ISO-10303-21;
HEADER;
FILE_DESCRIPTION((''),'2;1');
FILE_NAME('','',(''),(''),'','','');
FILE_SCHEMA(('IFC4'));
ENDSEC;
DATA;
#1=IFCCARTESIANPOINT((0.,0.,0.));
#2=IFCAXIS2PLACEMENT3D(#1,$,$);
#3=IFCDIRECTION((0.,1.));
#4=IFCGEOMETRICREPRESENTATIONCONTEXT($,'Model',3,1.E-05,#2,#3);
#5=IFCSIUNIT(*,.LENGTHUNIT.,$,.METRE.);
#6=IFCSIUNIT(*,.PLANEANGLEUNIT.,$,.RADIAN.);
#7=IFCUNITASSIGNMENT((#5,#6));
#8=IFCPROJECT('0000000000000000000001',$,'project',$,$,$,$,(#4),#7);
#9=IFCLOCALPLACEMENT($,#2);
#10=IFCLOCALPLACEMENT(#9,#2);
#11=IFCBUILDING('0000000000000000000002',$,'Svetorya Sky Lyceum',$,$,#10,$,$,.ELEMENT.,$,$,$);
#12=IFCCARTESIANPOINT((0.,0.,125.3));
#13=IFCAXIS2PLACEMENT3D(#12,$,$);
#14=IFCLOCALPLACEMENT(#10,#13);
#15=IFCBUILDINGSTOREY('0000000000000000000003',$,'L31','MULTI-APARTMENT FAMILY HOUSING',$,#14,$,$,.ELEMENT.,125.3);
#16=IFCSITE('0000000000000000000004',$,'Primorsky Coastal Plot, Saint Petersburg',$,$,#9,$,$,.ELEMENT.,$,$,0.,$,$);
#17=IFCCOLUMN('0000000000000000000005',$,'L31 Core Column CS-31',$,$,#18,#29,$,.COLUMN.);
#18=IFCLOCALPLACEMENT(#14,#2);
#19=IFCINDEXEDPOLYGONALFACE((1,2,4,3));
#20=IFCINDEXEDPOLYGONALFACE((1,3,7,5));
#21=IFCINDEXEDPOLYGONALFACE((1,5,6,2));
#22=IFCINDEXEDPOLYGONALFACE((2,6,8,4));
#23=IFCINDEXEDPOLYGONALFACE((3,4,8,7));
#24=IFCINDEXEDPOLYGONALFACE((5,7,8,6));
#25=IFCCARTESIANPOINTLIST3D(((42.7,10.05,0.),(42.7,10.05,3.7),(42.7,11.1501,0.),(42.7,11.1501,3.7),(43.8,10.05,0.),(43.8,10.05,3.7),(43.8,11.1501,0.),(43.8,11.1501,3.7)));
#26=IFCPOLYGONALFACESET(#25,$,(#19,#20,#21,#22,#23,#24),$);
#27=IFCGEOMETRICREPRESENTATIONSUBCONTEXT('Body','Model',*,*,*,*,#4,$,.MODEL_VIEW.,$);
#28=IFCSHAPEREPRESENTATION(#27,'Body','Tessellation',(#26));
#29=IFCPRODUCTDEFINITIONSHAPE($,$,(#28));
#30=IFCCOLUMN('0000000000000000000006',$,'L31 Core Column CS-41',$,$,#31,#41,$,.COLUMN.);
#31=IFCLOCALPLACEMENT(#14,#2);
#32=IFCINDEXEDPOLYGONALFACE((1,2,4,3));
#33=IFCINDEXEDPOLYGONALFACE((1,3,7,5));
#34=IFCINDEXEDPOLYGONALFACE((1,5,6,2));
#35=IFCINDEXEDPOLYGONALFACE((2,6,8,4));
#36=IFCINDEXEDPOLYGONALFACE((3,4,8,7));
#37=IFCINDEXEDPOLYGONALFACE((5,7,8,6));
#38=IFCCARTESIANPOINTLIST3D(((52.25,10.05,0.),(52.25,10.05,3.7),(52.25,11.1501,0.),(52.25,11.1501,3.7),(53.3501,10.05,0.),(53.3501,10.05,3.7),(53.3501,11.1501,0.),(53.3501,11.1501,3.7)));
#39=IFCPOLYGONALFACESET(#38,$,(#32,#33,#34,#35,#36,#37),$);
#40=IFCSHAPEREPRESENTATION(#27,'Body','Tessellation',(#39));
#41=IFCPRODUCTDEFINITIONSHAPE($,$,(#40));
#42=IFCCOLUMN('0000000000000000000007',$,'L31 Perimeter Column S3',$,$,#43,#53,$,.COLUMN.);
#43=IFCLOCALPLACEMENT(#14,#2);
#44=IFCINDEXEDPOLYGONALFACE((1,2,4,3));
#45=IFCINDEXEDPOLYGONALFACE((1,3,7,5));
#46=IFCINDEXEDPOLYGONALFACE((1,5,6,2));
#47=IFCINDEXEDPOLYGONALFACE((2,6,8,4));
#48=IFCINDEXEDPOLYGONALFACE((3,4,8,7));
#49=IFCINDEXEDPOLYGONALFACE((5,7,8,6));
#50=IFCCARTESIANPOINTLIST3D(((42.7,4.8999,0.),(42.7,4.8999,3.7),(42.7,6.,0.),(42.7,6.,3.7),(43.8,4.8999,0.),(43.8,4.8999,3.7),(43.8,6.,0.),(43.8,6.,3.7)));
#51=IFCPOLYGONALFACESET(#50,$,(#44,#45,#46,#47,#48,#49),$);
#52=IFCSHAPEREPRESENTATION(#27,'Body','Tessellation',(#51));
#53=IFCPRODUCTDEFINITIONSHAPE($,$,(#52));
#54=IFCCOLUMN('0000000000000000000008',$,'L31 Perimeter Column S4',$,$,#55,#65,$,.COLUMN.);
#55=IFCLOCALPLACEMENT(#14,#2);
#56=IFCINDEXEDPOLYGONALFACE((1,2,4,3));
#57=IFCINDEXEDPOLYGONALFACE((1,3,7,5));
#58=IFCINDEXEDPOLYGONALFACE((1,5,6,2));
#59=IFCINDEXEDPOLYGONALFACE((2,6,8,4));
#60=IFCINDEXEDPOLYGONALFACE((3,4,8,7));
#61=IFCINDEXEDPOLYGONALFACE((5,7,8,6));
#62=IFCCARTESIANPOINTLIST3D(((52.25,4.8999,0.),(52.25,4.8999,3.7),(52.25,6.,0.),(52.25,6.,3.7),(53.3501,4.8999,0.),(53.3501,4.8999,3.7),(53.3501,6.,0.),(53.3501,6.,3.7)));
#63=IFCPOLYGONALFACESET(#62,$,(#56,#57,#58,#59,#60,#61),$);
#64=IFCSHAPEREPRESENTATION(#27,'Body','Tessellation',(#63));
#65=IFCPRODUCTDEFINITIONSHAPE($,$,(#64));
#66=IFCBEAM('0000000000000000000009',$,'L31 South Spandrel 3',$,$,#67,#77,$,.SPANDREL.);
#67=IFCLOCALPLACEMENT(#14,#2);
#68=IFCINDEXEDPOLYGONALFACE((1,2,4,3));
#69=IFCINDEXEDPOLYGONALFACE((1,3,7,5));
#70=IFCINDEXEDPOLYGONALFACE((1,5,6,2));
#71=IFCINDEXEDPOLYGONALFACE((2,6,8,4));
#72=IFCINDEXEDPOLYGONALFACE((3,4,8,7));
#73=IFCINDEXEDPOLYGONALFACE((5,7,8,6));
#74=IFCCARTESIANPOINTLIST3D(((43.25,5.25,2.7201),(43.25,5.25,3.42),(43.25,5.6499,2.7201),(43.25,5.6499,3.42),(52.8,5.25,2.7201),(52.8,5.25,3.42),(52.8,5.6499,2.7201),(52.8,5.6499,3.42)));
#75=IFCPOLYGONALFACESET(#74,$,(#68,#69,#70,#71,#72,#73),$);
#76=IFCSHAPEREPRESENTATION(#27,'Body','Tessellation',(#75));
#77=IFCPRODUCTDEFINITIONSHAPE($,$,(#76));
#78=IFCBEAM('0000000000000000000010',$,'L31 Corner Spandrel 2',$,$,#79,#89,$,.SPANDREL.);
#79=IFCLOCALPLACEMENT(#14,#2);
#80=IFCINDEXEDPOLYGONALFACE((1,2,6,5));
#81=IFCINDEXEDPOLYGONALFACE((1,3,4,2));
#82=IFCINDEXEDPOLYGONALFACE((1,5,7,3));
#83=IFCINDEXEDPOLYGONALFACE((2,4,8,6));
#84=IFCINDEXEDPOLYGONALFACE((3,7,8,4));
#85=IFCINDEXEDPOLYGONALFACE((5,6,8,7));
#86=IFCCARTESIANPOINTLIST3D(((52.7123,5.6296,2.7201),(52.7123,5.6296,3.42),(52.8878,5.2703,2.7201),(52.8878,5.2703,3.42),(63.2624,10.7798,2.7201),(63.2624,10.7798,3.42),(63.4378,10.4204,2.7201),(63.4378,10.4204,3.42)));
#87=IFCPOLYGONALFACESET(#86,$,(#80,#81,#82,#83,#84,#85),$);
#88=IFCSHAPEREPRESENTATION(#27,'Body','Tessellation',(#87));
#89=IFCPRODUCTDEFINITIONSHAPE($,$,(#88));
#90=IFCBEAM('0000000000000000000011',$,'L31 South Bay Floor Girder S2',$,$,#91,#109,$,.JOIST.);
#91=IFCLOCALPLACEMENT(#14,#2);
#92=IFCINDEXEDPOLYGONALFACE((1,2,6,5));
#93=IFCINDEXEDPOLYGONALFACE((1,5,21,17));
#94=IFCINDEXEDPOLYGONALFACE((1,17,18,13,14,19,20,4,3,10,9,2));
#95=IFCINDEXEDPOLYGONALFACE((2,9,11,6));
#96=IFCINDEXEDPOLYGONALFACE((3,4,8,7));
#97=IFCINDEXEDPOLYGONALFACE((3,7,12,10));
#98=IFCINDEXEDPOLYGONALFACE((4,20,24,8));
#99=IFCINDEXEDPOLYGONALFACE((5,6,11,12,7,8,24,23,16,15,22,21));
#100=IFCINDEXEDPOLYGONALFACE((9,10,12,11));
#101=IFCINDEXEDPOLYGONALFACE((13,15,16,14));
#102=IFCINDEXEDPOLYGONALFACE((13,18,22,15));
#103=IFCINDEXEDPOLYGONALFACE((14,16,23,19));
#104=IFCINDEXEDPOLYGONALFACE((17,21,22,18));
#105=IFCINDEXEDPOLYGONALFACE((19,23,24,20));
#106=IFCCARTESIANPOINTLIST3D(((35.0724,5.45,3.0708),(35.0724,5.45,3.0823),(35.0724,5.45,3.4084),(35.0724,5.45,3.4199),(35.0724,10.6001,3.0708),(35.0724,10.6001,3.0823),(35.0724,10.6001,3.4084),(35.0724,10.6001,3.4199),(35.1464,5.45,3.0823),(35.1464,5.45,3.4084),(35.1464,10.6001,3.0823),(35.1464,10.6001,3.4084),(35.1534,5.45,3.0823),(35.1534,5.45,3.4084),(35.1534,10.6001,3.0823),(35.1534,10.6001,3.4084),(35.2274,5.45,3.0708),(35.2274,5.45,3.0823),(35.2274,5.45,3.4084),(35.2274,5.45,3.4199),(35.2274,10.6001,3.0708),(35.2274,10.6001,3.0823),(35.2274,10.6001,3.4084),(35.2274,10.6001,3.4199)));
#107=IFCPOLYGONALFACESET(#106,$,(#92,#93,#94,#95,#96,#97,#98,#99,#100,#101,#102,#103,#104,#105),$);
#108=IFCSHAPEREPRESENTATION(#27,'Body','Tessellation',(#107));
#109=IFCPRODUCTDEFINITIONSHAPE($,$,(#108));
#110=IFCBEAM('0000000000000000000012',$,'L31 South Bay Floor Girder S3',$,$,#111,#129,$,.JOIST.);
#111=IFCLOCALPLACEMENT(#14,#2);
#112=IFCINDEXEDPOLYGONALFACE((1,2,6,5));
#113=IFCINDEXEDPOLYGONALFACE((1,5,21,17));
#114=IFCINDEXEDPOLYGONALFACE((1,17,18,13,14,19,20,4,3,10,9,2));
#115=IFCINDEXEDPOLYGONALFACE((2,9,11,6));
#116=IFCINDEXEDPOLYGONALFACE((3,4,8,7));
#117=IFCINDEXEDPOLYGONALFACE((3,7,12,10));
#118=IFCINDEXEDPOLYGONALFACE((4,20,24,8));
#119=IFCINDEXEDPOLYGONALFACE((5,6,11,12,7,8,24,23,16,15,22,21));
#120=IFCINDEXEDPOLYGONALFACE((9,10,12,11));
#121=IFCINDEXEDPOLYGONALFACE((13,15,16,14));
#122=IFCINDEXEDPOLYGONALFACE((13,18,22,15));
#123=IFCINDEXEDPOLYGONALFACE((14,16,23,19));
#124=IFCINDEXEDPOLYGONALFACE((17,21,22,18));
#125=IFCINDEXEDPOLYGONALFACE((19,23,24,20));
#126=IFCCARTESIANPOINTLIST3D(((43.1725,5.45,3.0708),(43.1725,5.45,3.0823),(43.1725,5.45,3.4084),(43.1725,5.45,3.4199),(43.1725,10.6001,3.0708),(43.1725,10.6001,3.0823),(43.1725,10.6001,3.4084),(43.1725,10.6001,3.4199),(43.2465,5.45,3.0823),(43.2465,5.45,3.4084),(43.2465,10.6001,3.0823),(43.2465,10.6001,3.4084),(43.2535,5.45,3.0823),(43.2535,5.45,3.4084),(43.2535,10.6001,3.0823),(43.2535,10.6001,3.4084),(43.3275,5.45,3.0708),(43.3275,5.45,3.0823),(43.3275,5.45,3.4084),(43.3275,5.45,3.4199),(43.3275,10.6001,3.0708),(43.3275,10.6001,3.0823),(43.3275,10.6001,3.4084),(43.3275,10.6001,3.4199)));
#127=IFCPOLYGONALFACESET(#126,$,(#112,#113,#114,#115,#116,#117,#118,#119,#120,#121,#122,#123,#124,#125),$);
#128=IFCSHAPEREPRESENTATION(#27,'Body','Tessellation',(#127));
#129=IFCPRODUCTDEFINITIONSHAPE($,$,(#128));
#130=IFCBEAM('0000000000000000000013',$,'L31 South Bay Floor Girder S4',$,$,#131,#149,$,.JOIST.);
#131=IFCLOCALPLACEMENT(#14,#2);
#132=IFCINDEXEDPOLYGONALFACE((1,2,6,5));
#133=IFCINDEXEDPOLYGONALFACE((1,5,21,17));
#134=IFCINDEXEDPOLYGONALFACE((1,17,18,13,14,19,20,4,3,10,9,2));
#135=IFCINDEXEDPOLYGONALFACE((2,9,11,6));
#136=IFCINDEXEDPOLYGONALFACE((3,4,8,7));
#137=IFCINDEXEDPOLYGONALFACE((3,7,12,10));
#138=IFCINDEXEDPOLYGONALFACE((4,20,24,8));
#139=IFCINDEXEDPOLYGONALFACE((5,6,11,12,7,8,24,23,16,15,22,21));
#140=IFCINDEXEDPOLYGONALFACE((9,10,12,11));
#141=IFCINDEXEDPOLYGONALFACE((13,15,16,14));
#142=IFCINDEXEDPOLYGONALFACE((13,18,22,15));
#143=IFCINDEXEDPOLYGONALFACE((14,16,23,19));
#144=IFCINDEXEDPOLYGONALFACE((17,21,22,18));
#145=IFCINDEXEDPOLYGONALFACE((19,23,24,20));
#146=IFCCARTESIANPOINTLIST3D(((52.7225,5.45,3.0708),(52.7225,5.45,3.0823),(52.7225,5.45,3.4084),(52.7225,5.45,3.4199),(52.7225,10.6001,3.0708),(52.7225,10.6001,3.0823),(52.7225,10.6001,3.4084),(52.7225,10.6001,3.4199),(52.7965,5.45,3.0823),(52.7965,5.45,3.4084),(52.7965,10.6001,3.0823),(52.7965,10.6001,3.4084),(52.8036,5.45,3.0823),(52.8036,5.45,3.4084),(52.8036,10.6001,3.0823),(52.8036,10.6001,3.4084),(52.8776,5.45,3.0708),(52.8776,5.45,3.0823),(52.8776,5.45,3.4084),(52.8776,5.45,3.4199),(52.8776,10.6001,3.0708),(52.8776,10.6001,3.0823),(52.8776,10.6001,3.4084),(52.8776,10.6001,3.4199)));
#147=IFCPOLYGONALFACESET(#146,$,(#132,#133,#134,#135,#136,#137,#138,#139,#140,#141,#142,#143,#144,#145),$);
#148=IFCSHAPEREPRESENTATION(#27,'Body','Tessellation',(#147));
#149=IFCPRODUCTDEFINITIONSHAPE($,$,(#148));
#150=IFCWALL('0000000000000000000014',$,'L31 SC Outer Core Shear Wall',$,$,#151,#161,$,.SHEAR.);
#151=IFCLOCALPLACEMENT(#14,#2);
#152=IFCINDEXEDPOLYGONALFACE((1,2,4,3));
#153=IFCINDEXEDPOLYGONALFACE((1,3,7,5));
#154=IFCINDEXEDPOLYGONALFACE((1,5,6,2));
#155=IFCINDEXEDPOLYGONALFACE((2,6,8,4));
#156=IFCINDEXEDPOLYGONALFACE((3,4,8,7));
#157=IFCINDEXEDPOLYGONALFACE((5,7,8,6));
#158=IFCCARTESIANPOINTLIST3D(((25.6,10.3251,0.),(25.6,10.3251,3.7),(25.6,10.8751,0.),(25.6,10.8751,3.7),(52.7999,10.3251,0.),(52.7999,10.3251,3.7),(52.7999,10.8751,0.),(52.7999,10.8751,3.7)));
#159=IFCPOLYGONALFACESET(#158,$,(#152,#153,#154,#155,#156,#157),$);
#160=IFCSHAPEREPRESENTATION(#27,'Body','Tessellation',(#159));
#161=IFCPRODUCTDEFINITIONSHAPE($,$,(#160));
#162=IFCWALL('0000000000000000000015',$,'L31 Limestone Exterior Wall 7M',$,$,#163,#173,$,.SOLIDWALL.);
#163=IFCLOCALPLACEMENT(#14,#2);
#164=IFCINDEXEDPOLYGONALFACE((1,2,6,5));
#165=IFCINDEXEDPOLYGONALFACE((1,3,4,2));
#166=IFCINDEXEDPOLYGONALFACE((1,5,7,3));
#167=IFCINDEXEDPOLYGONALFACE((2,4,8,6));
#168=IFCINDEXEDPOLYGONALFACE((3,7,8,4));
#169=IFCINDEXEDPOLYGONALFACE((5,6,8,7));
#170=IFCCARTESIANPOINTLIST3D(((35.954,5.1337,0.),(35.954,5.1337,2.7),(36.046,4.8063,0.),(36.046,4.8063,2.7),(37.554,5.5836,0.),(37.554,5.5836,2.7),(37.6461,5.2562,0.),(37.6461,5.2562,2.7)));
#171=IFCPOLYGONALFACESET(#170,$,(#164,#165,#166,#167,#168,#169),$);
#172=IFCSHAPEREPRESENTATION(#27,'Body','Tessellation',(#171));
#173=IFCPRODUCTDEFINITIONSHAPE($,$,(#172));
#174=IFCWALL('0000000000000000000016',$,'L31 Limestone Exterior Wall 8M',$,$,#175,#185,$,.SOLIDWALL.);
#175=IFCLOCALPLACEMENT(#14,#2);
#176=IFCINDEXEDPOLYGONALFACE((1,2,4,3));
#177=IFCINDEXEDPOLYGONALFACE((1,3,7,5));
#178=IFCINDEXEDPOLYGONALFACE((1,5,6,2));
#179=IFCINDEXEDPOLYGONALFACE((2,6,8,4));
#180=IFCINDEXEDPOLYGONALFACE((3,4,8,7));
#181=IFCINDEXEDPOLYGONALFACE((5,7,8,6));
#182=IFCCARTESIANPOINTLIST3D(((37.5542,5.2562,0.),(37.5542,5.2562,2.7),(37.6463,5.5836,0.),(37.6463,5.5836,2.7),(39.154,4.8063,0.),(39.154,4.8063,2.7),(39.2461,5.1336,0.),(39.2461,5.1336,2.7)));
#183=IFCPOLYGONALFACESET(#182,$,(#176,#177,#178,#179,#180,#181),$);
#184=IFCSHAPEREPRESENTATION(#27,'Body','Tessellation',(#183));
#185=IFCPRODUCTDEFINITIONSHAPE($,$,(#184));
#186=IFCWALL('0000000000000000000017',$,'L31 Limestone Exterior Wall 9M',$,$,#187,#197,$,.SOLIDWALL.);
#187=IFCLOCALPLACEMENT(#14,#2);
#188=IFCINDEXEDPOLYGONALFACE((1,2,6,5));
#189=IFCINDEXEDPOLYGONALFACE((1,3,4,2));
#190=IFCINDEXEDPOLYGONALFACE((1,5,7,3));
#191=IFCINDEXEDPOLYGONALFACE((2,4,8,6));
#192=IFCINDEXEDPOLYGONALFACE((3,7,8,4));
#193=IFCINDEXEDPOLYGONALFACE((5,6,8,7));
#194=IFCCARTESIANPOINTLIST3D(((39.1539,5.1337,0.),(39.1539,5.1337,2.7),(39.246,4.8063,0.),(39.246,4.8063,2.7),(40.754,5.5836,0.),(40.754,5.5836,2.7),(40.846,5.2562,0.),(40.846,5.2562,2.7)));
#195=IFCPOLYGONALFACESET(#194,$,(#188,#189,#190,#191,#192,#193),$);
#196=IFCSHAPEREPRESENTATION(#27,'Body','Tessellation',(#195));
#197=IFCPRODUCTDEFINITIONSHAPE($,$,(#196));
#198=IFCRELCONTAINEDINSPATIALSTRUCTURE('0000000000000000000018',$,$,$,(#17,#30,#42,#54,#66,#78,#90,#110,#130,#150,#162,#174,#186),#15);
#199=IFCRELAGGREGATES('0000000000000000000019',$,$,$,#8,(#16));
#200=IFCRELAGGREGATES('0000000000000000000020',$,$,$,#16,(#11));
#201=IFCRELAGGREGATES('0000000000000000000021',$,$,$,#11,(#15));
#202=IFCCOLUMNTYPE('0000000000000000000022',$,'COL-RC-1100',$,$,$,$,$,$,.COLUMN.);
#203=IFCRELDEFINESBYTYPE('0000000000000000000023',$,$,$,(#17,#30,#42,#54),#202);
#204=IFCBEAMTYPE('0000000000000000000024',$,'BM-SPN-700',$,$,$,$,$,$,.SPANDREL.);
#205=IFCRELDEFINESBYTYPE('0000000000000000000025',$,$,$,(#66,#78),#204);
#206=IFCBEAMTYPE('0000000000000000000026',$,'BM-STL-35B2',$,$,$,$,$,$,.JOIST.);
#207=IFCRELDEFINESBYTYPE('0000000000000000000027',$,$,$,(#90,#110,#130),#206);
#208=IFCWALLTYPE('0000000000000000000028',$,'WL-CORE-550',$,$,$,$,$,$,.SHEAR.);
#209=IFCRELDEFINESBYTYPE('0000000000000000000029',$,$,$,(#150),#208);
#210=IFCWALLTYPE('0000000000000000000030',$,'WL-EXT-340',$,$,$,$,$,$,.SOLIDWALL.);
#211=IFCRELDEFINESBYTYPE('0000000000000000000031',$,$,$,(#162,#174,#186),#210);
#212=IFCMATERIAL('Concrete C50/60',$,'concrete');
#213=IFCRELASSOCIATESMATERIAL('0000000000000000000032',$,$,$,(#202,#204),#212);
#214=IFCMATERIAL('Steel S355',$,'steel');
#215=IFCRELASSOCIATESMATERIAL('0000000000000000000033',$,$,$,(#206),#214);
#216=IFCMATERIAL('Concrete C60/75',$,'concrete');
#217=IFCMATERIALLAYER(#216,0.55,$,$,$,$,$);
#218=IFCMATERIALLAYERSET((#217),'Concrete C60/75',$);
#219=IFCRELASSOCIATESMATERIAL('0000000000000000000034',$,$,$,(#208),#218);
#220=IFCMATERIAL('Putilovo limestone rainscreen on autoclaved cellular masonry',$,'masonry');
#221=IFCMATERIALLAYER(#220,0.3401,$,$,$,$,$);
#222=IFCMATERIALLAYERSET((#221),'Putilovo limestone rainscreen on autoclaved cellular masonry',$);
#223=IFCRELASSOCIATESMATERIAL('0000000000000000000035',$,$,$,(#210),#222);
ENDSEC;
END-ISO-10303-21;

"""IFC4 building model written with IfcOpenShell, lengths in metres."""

from ifc_helpers import new_model, si_unit, direction, frame, frame_2d, origin, origin_2d, place, context, subcontext, project, spatial, rectangle, i_section, extrude, material, layer, layer_set, material_profile, profile_set, type_object, element, save


model = new_model("IFC4")

# Units and contexts
model_context = context("Model", 3, precision=1e-05, world=origin(), true_north=direction((0.0, 1.0)))
body_context = subcontext(model_context, "Body", "Model", "MODEL_VIEW")
ifc_project = project(units=[si_unit("LENGTHUNIT", "METRE"), si_unit("PLANEANGLEUNIT", "RADIAN")], contexts=[model_context])

# Site, building, storey
site_placement = place(None, origin())
site = spatial("IfcSite", under=ifc_project, at=site_placement, Name="Primorsky Coastal Plot, Saint Petersburg", CompositionType="ELEMENT", RefElevation=0.0)
building_placement = place(site_placement, origin())
building = spatial("IfcBuilding", under=site, at=building_placement, Name="Svetorya Sky Lyceum", CompositionType="ELEMENT")
storey_placement = place(building_placement, frame((0.0, 0.0, 125.3)))
storey = spatial("IfcBuildingStorey", under=building, at=storey_placement, Name="L31", Description="MULTI-APARTMENT FAMILY HOUSING", CompositionType="ELEMENT", Elevation=125.3)

# Columns
ifc_material_1 = material(Name="Concrete C50/60", Category="concrete")
ifc_material_profile_1 = material_profile(ifc_material_1, rectangle(XDim=1.1001, YDim=1.1001, at=origin_2d()), Name="RC COL 1100x1100")
ifc_profile_set_1 = profile_set([ifc_material_profile_1], Name="Concrete C50/60")
column_type = type_object("IfcColumnType", Name="COL-RC-1100", PredefinedType="COLUMN", material=ifc_profile_set_1)
for number, where, z_axis, x_axis, name in (
    (1, (43.25, 10.6001, 0.0), (0.0, 0.0, 1.0), (1.0, 0.0, 0.0), "L31 Core Column CS-31"),
    (2, (52.8, 10.6001, 0.0), (0.0, 0.0, 1.0), (1.0, 0.0, 0.0), "L31 Core Column CS-41"),
    (3, (43.25, 5.45, 0.0), (0.0, 0.0, 1.0), (1.0, 0.0, 0.0), "L31 Perimeter Column S3"),
    (4, (52.8, 5.45, 0.0), (0.0, 0.0, 1.0), (1.0, 0.0, 0.0), "L31 Perimeter Column S4"),
):
    element("IfcColumn", number, at=place(storey_placement, frame(where, z_axis=z_axis, x_axis=x_axis)), inside=storey, type_object=column_type, Name=name, PredefinedType="COLUMN", context=body_context, shape_type="SweptSolid", body=[
        extrude(rectangle(XDim=1.1001, YDim=1.1001, at=origin_2d()), origin(), (0.0, 0.0, 1.0), 3.7),
    ])

# Beams
ifc_material_profile_2 = material_profile(ifc_material_1, rectangle(XDim=0.3999, YDim=0.7, at=origin_2d()), Name="RC SPANDREL 400x700")
ifc_profile_set_2 = profile_set([ifc_material_profile_2], Name="Concrete C50/60")
beam_type_1 = type_object("IfcBeamType", Name="BM-SPN-700", PredefinedType="SPANDREL", material=ifc_profile_set_2)
beam_1_placement = place(storey_placement, frame((43.25, 5.45, 3.0701), z_axis=(1.0, 0.0, 0.0), x_axis=(0.0, 1.0, 0.0)))
element("IfcBeam", 5, at=beam_1_placement, inside=storey, type_object=beam_type_1, Name="L31 South Spandrel 3", PredefinedType="SPANDREL", context=body_context, shape_type="SweptSolid", body=[
    extrude(rectangle(XDim=0.3999, YDim=0.7, at=origin_2d()), origin(), (0.0, 0.0, 1.0), 9.55),
])
beam_2_placement = place(storey_placement, frame((52.8, 5.45, 3.0701), z_axis=(0.898641, 0.438684, 0.0), x_axis=(-0.438684, 0.898641, 0.0)))
element("IfcBeam", 6, at=beam_2_placement, inside=storey, type_object=beam_type_1, Name="L31 Corner Spandrel 2", PredefinedType="SPANDREL", context=body_context, shape_type="SweptSolid", body=[
    extrude(rectangle(XDim=0.3999, YDim=0.7, at=origin_2d()), origin(), (0.0, 0.0, 1.0), 11.74),
])
ifc_material_2 = material(Name="Steel S355", Category="steel")
ifc_material_profile_3 = material_profile(ifc_material_2, i_section(OverallWidth=0.155, OverallDepth=0.3491, WebThickness=0.0071, FlangeThickness=0.0115, at=origin_2d()), Name="GOST 35B2")
ifc_profile_set_3 = profile_set([ifc_material_profile_3], Name="Steel S355")
beam_type_2 = type_object("IfcBeamType", Name="BM-STL-35B2", PredefinedType="JOIST", material=ifc_profile_set_3)
for number, where, z_axis, x_axis, name in (
    (7, (35.1499, 5.45, 3.2454), (0.0, 1.0, 0.0), (-1.0, 0.0, 0.0), "L31 South Bay Floor Girder S2"),
    (8, (43.25, 5.45, 3.2454), (0.0, 1.0, 0.0), (-1.0, 0.0, 0.0), "L31 South Bay Floor Girder S3"),
    (9, (52.8, 5.45, 3.2454), (0.0, 1.0, 0.0), (-1.0, 0.0, 0.0), "L31 South Bay Floor Girder S4"),
):
    element("IfcBeam", number, at=place(storey_placement, frame(where, z_axis=z_axis, x_axis=x_axis)), inside=storey, type_object=beam_type_2, Name=name, PredefinedType="JOIST", context=body_context, shape_type="SweptSolid", body=[
        extrude(i_section(OverallWidth=0.155, OverallDepth=0.3491, WebThickness=0.0071, FlangeThickness=0.0115, at=origin_2d()), origin(), (0.0, 0.0, 1.0), 5.1501),
    ])

# Walls
ifc_material_3 = material(Name="Concrete C60/75", Category="concrete")
ifc_layer_1 = layer(ifc_material_3, 0.55)
ifc_layer_set_1 = layer_set([ifc_layer_1], Name="Concrete C60/75")
wall_type_1 = type_object("IfcWallType", Name="WL-CORE-550", PredefinedType="SHEAR", material=ifc_layer_set_1)
wall_1_placement = place(storey_placement, frame((52.8, 10.6001, 0.0), z_axis=(0.0, 0.0, 1.0), x_axis=(-1.0, 0.0, 0.0)))
element("IfcWall", 10, at=wall_1_placement, inside=storey, type_object=wall_type_1, Name="L31 SC Outer Core Shear Wall", PredefinedType="SHEAR", context=body_context, shape_type="SweptSolid", body=[
    extrude(rectangle(XDim=27.2, YDim=0.55, at=frame_2d((13.6001, 0.0))), origin(), (0.0, 0.0, 1.0), 3.7),
])
ifc_material_4 = material(Name="Putilovo limestone rainscreen on autoclaved cellular masonry", Category="masonry")
ifc_layer_2 = layer(ifc_material_4, 0.3401)
ifc_layer_set_2 = layer_set([ifc_layer_2], Name="Putilovo limestone rainscreen on autoclaved cellular masonry")
wall_type_2 = type_object("IfcWallType", Name="WL-EXT-340", PredefinedType="SOLIDWALL", material=ifc_layer_set_2)
wall_2_placement = place(storey_placement, frame((36.0, 4.97, 0.0), z_axis=(0.0, 0.0, 1.0), x_axis=(0.962663, 0.270703, 0.0)))
element("IfcWall", 11, at=wall_2_placement, inside=storey, type_object=wall_type_2, Name="L31 Limestone Exterior Wall 7M", PredefinedType="SOLIDWALL", context=body_context, shape_type="SweptSolid", body=[
    extrude(rectangle(XDim=1.6621, YDim=0.3401, at=frame_2d((0.8311, 0.0))), origin(), (0.0, 0.0, 1.0), 2.7),
])
wall_3_placement = place(storey_placement, frame((37.6001, 5.4199, 0.0), z_axis=(0.0, 0.0, 1.0), x_axis=(0.962652, -0.270741, 0.0)))
element("IfcWall", 12, at=wall_3_placement, inside=storey, type_object=wall_type_2, Name="L31 Limestone Exterior Wall 8M", PredefinedType="SOLIDWALL", context=body_context, shape_type="SweptSolid", body=[
    extrude(rectangle(XDim=1.6619, YDim=0.3401, at=frame_2d((0.8311, 0.0))), origin(), (0.0, 0.0, 1.0), 2.7),
])
wall_4_placement = place(storey_placement, frame((39.2, 4.97, 0.0), z_axis=(0.0, 0.0, 1.0), x_axis=(0.962663, 0.270703, 0.0)))
element("IfcWall", 13, at=wall_4_placement, inside=storey, type_object=wall_type_2, Name="L31 Limestone Exterior Wall 9M", PredefinedType="SOLIDWALL", context=body_context, shape_type="SweptSolid", body=[
    extrude(rectangle(XDim=1.6621, YDim=0.3401, at=frame_2d((0.8311, 0.0))), origin(), (0.0, 0.0, 1.0), 2.7),
])

save(model, "model.ifc")
